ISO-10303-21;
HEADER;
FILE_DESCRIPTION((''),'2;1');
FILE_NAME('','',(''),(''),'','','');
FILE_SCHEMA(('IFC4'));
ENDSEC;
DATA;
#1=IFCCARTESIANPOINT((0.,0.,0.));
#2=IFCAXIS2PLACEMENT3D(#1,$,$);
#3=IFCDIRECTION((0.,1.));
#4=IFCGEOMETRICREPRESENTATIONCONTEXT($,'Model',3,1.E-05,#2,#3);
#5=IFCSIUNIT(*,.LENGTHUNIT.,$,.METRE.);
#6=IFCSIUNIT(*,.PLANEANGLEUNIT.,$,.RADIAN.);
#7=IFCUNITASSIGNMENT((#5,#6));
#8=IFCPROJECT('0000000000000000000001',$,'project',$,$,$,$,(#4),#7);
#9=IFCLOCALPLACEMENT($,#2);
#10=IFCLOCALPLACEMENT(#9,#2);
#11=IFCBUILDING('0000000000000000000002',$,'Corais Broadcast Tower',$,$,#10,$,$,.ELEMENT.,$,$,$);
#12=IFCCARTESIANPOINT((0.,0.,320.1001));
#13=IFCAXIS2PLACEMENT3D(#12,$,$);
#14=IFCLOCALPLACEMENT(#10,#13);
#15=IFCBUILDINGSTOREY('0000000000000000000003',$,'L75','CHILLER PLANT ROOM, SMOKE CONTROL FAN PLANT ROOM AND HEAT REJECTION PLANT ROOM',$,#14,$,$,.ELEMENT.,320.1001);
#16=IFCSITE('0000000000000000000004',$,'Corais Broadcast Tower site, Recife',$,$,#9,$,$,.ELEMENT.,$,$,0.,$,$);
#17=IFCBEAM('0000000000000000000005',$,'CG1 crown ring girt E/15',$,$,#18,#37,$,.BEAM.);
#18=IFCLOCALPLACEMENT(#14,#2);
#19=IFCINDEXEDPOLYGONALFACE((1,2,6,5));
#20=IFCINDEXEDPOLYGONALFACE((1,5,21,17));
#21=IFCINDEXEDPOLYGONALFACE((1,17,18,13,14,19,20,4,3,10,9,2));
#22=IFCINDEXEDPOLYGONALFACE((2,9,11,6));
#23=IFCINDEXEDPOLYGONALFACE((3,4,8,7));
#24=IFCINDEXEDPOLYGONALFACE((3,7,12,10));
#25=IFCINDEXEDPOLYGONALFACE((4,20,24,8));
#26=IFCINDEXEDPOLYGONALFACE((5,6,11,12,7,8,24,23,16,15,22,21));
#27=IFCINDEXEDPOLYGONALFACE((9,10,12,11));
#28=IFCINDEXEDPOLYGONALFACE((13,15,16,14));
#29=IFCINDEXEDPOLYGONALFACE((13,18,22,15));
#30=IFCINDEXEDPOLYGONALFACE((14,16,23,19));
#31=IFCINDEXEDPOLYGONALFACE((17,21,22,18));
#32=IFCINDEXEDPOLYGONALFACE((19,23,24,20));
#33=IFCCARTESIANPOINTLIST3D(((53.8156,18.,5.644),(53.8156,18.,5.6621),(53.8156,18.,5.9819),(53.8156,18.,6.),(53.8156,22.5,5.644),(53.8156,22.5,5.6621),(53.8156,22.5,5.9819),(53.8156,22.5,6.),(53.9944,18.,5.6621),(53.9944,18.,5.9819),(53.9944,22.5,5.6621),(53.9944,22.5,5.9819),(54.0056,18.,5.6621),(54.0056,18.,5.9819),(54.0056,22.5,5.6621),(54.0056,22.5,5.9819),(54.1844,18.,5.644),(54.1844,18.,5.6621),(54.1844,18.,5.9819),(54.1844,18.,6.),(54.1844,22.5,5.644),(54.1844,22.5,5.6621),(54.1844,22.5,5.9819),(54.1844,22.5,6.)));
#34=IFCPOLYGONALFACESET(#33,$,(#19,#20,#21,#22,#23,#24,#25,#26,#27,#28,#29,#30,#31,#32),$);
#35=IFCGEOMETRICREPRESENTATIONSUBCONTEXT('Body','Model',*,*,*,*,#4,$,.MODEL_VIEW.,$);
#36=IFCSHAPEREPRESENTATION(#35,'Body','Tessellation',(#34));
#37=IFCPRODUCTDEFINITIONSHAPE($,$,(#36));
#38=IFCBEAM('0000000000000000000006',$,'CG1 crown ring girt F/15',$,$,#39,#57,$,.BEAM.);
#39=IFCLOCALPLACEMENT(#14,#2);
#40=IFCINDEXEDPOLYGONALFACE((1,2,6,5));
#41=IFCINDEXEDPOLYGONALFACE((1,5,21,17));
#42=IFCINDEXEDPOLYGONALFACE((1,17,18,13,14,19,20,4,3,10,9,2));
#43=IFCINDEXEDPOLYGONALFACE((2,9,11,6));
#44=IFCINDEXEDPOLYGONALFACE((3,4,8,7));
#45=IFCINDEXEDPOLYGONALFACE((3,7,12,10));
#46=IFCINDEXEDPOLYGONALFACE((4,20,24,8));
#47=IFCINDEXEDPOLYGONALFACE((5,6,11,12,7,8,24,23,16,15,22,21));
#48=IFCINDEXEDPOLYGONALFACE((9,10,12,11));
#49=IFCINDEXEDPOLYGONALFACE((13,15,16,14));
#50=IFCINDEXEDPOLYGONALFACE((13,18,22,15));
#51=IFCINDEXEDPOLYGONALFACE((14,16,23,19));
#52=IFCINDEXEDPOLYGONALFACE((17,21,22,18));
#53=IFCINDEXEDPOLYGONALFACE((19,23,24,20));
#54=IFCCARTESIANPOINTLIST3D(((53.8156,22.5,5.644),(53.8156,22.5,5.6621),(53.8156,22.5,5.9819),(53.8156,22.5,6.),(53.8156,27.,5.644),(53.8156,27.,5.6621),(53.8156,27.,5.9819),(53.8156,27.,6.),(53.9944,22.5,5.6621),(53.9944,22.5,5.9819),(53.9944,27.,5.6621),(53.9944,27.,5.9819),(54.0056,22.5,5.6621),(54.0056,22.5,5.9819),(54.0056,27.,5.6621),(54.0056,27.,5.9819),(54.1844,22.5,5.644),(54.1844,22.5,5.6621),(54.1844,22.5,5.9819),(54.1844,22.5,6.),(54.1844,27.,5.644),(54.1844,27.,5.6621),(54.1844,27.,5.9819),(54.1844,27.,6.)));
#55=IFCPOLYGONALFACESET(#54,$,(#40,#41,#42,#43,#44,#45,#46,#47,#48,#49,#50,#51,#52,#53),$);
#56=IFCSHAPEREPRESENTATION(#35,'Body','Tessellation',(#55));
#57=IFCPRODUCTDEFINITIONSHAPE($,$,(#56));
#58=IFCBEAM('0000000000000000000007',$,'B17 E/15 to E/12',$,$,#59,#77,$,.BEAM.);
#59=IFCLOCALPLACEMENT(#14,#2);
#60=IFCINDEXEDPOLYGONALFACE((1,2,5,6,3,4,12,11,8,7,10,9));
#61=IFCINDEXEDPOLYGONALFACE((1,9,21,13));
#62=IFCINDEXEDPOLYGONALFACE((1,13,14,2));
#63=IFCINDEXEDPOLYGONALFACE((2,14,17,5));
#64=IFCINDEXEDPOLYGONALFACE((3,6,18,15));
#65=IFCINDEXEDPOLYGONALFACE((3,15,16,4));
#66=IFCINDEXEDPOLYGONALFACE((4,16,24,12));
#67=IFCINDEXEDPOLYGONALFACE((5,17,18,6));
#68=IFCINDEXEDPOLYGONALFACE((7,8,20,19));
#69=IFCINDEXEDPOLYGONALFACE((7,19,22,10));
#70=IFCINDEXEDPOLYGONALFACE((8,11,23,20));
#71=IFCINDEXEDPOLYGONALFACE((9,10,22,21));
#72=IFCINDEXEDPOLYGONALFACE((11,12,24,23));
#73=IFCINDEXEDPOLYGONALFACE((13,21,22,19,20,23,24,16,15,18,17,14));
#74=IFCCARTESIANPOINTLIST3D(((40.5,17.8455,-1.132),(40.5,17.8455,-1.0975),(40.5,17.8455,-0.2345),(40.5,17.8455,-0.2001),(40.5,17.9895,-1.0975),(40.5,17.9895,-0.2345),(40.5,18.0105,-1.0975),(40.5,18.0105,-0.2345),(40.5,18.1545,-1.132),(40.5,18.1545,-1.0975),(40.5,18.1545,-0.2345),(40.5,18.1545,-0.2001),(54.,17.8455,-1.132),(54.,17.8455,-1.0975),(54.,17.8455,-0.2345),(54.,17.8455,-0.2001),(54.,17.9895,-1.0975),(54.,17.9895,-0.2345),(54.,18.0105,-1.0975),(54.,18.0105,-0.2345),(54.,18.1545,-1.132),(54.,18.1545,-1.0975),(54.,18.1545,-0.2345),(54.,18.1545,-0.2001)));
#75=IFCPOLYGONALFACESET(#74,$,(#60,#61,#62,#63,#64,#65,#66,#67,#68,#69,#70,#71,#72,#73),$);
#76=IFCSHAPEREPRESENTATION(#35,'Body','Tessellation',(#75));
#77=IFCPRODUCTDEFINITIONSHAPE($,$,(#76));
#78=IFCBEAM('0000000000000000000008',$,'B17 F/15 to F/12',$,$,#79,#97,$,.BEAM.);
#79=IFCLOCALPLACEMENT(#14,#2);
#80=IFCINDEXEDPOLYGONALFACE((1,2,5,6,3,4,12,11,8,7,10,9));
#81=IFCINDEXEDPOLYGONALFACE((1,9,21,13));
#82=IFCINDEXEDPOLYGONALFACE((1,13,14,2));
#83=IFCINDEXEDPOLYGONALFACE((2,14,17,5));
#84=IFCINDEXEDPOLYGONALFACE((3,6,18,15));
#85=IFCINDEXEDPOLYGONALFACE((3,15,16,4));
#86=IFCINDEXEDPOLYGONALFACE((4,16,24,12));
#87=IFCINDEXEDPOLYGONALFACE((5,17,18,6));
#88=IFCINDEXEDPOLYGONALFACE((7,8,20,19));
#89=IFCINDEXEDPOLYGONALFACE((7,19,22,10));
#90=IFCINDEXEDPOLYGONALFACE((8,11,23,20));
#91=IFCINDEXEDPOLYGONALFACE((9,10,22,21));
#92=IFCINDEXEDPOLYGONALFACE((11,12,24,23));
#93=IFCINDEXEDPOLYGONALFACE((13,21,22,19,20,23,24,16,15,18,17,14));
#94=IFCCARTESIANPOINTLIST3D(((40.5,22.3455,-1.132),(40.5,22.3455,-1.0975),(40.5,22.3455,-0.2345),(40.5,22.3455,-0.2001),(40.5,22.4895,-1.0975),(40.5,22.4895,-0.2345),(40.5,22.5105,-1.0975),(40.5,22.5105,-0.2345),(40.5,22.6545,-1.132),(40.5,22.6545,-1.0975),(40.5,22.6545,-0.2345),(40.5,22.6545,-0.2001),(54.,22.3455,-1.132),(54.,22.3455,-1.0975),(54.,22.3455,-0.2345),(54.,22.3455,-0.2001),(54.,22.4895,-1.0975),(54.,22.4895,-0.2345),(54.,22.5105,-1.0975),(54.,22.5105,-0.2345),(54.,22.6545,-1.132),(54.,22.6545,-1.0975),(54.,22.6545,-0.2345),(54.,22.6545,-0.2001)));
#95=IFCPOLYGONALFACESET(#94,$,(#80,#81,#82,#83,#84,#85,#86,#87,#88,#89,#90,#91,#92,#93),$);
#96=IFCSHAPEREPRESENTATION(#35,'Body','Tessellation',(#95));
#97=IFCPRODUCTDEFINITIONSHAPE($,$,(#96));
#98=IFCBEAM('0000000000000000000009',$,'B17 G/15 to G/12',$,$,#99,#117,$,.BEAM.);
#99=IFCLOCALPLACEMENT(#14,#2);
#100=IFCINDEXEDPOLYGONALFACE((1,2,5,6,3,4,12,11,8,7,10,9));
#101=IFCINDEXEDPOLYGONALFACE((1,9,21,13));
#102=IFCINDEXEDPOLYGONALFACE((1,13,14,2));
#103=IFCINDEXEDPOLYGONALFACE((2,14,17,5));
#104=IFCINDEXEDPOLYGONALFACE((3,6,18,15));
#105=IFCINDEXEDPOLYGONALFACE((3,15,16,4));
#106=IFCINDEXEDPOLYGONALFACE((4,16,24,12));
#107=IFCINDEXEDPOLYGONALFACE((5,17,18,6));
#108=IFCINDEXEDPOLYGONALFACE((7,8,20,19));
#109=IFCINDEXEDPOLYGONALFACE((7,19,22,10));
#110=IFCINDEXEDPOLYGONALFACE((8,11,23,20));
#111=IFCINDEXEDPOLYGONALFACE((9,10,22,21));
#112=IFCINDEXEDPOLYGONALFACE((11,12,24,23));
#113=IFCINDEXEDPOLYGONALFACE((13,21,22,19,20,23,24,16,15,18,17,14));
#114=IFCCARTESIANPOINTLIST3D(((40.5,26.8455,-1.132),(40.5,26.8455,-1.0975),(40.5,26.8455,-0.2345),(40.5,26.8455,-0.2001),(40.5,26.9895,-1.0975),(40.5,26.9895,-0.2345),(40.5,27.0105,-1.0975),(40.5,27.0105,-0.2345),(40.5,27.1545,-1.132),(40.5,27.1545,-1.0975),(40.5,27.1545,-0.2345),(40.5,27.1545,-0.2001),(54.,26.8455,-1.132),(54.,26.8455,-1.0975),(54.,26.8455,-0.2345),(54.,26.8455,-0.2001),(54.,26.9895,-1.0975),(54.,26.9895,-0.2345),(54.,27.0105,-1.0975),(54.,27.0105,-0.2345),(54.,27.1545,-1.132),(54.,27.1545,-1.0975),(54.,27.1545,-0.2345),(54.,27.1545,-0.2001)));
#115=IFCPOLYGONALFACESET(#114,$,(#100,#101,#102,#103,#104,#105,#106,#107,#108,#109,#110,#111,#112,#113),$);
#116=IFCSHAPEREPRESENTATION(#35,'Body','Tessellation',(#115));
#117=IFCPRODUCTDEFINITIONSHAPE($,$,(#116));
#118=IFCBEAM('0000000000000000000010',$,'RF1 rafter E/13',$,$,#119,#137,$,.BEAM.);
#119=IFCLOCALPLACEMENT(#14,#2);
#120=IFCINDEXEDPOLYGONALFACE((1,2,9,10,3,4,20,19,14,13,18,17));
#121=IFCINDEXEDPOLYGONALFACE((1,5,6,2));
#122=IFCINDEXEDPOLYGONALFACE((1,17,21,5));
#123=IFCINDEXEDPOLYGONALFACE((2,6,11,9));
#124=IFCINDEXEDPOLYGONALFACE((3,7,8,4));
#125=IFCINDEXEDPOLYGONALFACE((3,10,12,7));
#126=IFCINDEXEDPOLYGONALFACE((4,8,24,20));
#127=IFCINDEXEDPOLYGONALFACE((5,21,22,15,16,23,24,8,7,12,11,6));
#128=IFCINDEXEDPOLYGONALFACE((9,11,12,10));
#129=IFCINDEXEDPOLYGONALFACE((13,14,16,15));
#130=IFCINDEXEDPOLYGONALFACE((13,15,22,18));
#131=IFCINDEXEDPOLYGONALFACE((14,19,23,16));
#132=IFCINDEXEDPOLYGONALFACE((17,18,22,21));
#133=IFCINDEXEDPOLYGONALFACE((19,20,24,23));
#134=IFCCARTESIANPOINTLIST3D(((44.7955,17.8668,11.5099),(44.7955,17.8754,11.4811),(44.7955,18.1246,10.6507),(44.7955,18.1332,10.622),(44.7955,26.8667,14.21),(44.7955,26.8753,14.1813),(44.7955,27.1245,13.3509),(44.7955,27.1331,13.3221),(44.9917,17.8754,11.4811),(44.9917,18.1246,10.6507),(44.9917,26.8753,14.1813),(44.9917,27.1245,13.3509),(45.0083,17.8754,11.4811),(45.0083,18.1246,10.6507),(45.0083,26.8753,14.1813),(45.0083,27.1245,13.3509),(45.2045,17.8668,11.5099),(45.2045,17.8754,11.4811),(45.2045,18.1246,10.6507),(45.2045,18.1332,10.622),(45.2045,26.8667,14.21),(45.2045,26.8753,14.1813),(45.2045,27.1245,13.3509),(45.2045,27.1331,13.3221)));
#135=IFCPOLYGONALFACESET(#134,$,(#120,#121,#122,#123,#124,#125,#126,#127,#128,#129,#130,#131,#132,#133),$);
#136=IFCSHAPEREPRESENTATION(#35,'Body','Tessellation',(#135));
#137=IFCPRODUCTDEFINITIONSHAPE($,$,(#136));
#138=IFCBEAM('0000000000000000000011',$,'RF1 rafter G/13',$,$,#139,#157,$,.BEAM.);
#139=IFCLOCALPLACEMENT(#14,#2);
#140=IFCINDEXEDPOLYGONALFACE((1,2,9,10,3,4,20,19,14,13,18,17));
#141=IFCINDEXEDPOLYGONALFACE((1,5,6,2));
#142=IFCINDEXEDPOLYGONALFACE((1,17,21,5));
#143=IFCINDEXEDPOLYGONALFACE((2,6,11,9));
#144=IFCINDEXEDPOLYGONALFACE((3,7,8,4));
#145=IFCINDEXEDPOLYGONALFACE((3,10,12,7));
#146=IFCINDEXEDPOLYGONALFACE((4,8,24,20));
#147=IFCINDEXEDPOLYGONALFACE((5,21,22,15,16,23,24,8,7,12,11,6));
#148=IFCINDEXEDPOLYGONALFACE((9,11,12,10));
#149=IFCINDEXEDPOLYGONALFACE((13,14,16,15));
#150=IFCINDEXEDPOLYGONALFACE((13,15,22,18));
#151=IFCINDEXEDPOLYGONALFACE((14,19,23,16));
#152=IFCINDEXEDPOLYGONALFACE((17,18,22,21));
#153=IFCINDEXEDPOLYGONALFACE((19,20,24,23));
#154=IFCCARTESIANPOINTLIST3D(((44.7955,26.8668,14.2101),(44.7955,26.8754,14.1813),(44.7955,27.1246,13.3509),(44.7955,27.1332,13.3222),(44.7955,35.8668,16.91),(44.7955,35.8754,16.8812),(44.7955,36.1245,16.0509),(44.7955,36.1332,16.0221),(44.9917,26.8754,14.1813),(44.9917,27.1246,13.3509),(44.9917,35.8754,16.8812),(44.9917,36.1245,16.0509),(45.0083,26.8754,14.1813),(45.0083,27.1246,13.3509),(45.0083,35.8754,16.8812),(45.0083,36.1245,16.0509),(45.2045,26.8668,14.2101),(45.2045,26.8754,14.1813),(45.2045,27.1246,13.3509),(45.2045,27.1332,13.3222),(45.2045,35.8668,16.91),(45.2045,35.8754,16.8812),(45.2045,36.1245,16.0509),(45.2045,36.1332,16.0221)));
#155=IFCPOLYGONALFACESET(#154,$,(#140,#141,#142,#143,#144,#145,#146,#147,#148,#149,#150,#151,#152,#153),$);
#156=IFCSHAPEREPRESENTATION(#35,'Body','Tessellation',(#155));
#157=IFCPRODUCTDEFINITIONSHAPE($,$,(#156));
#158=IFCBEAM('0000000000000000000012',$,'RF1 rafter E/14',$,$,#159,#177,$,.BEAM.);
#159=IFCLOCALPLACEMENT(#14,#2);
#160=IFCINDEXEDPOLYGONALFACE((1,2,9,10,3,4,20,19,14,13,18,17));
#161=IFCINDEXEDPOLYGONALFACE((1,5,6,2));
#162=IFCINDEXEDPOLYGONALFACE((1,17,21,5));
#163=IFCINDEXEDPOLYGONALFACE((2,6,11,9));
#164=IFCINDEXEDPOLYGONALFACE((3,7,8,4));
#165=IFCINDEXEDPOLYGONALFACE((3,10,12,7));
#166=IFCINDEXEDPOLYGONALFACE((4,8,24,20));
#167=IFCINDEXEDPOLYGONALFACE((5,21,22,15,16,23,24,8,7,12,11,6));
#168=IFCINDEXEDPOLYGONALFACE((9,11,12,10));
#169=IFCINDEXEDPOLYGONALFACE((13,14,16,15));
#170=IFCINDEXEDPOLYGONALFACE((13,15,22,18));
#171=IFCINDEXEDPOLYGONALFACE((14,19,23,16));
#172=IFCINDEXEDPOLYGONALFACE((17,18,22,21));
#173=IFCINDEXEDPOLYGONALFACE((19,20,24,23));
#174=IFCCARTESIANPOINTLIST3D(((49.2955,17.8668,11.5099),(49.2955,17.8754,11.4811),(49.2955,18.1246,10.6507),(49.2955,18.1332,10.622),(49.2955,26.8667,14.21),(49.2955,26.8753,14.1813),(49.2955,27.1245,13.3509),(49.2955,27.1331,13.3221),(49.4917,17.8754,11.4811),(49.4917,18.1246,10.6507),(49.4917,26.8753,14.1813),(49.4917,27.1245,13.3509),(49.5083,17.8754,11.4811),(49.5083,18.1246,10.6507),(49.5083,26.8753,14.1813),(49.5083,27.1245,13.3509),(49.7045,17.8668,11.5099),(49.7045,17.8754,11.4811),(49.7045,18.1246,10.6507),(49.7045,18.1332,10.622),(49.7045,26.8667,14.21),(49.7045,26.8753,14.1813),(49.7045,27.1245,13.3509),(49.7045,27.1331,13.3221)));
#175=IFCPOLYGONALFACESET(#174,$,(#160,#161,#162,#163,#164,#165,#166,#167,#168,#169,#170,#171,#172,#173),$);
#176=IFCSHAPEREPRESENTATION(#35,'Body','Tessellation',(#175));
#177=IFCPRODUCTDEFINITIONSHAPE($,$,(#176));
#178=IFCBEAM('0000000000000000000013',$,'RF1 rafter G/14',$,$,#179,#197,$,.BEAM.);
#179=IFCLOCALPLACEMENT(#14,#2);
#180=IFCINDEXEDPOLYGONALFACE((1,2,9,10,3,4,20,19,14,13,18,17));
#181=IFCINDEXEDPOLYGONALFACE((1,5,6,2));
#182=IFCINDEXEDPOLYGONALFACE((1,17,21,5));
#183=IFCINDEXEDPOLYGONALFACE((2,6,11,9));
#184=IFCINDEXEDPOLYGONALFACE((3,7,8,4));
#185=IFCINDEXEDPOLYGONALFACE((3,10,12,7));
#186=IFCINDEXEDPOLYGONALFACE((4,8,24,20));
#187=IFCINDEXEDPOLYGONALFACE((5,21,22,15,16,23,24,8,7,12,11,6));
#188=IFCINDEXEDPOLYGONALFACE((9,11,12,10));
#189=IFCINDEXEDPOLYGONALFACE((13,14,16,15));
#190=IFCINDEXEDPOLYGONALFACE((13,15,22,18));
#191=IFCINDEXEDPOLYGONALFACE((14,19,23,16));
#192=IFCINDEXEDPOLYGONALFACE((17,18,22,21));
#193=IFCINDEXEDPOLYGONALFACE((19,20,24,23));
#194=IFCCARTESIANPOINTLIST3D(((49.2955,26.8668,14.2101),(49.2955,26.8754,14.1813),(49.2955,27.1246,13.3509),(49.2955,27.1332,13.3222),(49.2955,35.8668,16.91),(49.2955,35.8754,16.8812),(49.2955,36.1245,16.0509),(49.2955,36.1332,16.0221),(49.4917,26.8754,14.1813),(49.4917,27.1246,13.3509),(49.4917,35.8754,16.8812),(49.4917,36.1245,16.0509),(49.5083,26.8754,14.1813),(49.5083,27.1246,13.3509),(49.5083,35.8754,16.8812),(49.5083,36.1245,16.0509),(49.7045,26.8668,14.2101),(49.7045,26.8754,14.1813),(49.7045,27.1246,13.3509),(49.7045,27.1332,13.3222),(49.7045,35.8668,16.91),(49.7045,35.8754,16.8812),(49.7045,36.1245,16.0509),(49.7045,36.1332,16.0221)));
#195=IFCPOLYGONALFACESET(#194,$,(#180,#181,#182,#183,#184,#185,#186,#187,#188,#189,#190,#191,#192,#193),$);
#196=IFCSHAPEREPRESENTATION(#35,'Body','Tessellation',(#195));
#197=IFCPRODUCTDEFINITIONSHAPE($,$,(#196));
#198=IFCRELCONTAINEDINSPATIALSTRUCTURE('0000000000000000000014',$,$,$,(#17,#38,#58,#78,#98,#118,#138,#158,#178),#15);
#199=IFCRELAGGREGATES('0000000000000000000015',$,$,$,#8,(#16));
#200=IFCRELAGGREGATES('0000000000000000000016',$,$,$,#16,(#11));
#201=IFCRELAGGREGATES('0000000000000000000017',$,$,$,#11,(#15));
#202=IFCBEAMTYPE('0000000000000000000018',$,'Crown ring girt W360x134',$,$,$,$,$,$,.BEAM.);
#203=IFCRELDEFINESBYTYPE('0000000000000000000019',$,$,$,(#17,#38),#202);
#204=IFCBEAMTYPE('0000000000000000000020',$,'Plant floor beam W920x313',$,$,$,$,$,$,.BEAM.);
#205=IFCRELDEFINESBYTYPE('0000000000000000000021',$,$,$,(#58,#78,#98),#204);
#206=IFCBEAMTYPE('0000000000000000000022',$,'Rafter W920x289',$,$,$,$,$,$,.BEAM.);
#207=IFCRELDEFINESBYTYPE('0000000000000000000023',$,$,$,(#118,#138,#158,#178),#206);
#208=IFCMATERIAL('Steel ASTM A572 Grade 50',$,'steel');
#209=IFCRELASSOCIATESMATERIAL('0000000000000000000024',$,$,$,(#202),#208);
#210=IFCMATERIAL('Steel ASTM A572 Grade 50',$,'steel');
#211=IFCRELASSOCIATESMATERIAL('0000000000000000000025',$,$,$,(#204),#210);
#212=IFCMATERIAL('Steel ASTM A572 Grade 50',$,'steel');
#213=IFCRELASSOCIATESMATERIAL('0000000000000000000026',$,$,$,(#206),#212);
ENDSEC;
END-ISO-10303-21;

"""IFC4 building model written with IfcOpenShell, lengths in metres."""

from ifc_helpers import new_model, si_unit, direction, frame, origin, origin_2d, place, context, subcontext, project, spatial, i_section, extrude, material, material_profile, profile_set, type_object, element, save


model = new_model("IFC4")

# Units and contexts
model_context = context("Model", 3, precision=1e-05, world=origin(), true_north=direction((0.0, 1.0)))
body_context = subcontext(model_context, "Body", "Model", "MODEL_VIEW")
ifc_project = project(units=[si_unit("LENGTHUNIT", "METRE"), si_unit("PLANEANGLEUNIT", "RADIAN")], contexts=[model_context])

# Site, building, storey
site_placement = place(None, origin())
site = spatial("IfcSite", under=ifc_project, at=site_placement, Name="Corais Broadcast Tower site, Recife", CompositionType="ELEMENT", RefElevation=0.0)
building_placement = place(site_placement, origin())
building = spatial("IfcBuilding", under=site, at=building_placement, Name="Corais Broadcast Tower", CompositionType="ELEMENT")
storey_placement = place(building_placement, frame((0.0, 0.0, 320.1001)))
storey = spatial("IfcBuildingStorey", under=building, at=storey_placement, Name="L75", Description="CHILLER PLANT ROOM, SMOKE CONTROL FAN PLANT ROOM AND HEAT REJECTION PLANT ROOM", CompositionType="ELEMENT", Elevation=320.1001)

# Beams
ifc_material_1 = material(Name="Steel ASTM A572 Grade 50", Category="steel")
ifc_material_profile_1 = material_profile(ifc_material_1, i_section(OverallWidth=0.3689, OverallDepth=0.356, WebThickness=0.0112, FlangeThickness=0.0181, at=origin_2d()), Name="W360x134")
ifc_profile_set_1 = profile_set([ifc_material_profile_1], Name="Steel ASTM A572 Grade 50")
beam_type_1 = type_object("IfcBeamType", Name="Crown ring girt W360x134", PredefinedType="BEAM", material=ifc_profile_set_1)
for number, where, z_axis, x_axis, name in (
    (1, (54.0, 18.0, 5.822), (0.0, 1.0, 0.0), (-1.0, 0.0, 0.0), "CG1 crown ring girt E/15"),
    (2, (54.0, 22.5, 5.822), (0.0, 1.0, 0.0), (-1.0, 0.0, 0.0), "CG1 crown ring girt F/15"),
):
    element("IfcBeam", number, at=place(storey_placement, frame(where, z_axis=z_axis, x_axis=x_axis)), inside=storey, type_object=beam_type_1, Name=name, PredefinedType="BEAM", context=body_context, shape_type="SweptSolid", body=[
        extrude(i_section(OverallWidth=0.3689, OverallDepth=0.356, WebThickness=0.0112, FlangeThickness=0.0181, at=origin_2d()), origin(), (0.0, 0.0, 1.0), 4.5),
    ])
ifc_material_2 = material(Name="Steel ASTM A572 Grade 50", Category="steel")
ifc_material_profile_2 = material_profile(ifc_material_2, i_section(OverallWidth=0.3091, OverallDepth=0.9319, WebThickness=0.021, FlangeThickness=0.0344, at=origin_2d()), Name="W920x313")
ifc_profile_set_2 = profile_set([ifc_material_profile_2], Name="Steel ASTM A572 Grade 50")
beam_type_2 = type_object("IfcBeamType", Name="Plant floor beam W920x313", PredefinedType="BEAM", material=ifc_profile_set_2)
for number, where, z_axis, x_axis, name in (
    (3, (54.0, 18.0, -0.666), (-1.0, 0.0, 0.0), (0.0, -1.0, 0.0), "B17 E/15 to E/12"),
    (4, (54.0, 22.5, -0.666), (-1.0, 0.0, 0.0), (0.0, -1.0, 0.0), "B17 F/15 to F/12"),
    (5, (54.0, 27.0, -0.666), (-1.0, 0.0, 0.0), (0.0, -1.0, 0.0), "B17 G/15 to G/12"),
):
    element("IfcBeam", number, at=place(storey_placement, frame(where, z_axis=z_axis, x_axis=x_axis)), inside=storey, type_object=beam_type_2, Name=name, PredefinedType="BEAM", context=body_context, shape_type="SweptSolid", body=[
        extrude(i_section(OverallWidth=0.3091, OverallDepth=0.9319, WebThickness=0.021, FlangeThickness=0.0344, at=origin_2d()), origin(), (0.0, 0.0, 1.0), 13.5),
    ])
ifc_material_3 = material(Name="Steel ASTM A572 Grade 50", Category="steel")
ifc_material_profile_3 = material_profile(ifc_material_3, i_section(OverallWidth=0.4089, OverallDepth=0.927, WebThickness=0.0166, FlangeThickness=0.03, at=origin_2d()), Name="W920x289")
ifc_profile_set_3 = profile_set([ifc_material_profile_3], Name="Steel ASTM A572 Grade 50")
beam_type_3 = type_object("IfcBeamType", Name="Rafter W920x289", PredefinedType="BEAM", material=ifc_profile_set_3)
for number, where, z_axis, x_axis, name in (
    (6, (45.0, 18.0, 11.0659), (0.0, 0.957821, 0.287367), (-1.0, 0.0, 0.0), "RF1 rafter E/13"),
    (7, (45.0, 27.0, 13.7661), (0.0, 0.957828, 0.287343), (-1.0, 0.0, 0.0), "RF1 rafter G/13"),
    (8, (49.5, 18.0, 11.0659), (0.0, 0.957821, 0.287367), (-1.0, 0.0, 0.0), "RF1 rafter E/14"),
    (9, (49.5, 27.0, 13.7661), (0.0, 0.957828, 0.287343), (-1.0, 0.0, 0.0), "RF1 rafter G/14"),
):
    element("IfcBeam", number, at=place(storey_placement, frame(where, z_axis=z_axis, x_axis=x_axis)), inside=storey, type_object=beam_type_3, Name=name, PredefinedType="BEAM", context=body_context, shape_type="SweptSolid", body=[
        extrude(i_section(OverallWidth=0.4089, OverallDepth=0.927, WebThickness=0.0166, FlangeThickness=0.03, at=origin_2d()), origin(), (0.0, 0.0, 1.0), 9.3962),
    ])

save(model, "model.ifc")
